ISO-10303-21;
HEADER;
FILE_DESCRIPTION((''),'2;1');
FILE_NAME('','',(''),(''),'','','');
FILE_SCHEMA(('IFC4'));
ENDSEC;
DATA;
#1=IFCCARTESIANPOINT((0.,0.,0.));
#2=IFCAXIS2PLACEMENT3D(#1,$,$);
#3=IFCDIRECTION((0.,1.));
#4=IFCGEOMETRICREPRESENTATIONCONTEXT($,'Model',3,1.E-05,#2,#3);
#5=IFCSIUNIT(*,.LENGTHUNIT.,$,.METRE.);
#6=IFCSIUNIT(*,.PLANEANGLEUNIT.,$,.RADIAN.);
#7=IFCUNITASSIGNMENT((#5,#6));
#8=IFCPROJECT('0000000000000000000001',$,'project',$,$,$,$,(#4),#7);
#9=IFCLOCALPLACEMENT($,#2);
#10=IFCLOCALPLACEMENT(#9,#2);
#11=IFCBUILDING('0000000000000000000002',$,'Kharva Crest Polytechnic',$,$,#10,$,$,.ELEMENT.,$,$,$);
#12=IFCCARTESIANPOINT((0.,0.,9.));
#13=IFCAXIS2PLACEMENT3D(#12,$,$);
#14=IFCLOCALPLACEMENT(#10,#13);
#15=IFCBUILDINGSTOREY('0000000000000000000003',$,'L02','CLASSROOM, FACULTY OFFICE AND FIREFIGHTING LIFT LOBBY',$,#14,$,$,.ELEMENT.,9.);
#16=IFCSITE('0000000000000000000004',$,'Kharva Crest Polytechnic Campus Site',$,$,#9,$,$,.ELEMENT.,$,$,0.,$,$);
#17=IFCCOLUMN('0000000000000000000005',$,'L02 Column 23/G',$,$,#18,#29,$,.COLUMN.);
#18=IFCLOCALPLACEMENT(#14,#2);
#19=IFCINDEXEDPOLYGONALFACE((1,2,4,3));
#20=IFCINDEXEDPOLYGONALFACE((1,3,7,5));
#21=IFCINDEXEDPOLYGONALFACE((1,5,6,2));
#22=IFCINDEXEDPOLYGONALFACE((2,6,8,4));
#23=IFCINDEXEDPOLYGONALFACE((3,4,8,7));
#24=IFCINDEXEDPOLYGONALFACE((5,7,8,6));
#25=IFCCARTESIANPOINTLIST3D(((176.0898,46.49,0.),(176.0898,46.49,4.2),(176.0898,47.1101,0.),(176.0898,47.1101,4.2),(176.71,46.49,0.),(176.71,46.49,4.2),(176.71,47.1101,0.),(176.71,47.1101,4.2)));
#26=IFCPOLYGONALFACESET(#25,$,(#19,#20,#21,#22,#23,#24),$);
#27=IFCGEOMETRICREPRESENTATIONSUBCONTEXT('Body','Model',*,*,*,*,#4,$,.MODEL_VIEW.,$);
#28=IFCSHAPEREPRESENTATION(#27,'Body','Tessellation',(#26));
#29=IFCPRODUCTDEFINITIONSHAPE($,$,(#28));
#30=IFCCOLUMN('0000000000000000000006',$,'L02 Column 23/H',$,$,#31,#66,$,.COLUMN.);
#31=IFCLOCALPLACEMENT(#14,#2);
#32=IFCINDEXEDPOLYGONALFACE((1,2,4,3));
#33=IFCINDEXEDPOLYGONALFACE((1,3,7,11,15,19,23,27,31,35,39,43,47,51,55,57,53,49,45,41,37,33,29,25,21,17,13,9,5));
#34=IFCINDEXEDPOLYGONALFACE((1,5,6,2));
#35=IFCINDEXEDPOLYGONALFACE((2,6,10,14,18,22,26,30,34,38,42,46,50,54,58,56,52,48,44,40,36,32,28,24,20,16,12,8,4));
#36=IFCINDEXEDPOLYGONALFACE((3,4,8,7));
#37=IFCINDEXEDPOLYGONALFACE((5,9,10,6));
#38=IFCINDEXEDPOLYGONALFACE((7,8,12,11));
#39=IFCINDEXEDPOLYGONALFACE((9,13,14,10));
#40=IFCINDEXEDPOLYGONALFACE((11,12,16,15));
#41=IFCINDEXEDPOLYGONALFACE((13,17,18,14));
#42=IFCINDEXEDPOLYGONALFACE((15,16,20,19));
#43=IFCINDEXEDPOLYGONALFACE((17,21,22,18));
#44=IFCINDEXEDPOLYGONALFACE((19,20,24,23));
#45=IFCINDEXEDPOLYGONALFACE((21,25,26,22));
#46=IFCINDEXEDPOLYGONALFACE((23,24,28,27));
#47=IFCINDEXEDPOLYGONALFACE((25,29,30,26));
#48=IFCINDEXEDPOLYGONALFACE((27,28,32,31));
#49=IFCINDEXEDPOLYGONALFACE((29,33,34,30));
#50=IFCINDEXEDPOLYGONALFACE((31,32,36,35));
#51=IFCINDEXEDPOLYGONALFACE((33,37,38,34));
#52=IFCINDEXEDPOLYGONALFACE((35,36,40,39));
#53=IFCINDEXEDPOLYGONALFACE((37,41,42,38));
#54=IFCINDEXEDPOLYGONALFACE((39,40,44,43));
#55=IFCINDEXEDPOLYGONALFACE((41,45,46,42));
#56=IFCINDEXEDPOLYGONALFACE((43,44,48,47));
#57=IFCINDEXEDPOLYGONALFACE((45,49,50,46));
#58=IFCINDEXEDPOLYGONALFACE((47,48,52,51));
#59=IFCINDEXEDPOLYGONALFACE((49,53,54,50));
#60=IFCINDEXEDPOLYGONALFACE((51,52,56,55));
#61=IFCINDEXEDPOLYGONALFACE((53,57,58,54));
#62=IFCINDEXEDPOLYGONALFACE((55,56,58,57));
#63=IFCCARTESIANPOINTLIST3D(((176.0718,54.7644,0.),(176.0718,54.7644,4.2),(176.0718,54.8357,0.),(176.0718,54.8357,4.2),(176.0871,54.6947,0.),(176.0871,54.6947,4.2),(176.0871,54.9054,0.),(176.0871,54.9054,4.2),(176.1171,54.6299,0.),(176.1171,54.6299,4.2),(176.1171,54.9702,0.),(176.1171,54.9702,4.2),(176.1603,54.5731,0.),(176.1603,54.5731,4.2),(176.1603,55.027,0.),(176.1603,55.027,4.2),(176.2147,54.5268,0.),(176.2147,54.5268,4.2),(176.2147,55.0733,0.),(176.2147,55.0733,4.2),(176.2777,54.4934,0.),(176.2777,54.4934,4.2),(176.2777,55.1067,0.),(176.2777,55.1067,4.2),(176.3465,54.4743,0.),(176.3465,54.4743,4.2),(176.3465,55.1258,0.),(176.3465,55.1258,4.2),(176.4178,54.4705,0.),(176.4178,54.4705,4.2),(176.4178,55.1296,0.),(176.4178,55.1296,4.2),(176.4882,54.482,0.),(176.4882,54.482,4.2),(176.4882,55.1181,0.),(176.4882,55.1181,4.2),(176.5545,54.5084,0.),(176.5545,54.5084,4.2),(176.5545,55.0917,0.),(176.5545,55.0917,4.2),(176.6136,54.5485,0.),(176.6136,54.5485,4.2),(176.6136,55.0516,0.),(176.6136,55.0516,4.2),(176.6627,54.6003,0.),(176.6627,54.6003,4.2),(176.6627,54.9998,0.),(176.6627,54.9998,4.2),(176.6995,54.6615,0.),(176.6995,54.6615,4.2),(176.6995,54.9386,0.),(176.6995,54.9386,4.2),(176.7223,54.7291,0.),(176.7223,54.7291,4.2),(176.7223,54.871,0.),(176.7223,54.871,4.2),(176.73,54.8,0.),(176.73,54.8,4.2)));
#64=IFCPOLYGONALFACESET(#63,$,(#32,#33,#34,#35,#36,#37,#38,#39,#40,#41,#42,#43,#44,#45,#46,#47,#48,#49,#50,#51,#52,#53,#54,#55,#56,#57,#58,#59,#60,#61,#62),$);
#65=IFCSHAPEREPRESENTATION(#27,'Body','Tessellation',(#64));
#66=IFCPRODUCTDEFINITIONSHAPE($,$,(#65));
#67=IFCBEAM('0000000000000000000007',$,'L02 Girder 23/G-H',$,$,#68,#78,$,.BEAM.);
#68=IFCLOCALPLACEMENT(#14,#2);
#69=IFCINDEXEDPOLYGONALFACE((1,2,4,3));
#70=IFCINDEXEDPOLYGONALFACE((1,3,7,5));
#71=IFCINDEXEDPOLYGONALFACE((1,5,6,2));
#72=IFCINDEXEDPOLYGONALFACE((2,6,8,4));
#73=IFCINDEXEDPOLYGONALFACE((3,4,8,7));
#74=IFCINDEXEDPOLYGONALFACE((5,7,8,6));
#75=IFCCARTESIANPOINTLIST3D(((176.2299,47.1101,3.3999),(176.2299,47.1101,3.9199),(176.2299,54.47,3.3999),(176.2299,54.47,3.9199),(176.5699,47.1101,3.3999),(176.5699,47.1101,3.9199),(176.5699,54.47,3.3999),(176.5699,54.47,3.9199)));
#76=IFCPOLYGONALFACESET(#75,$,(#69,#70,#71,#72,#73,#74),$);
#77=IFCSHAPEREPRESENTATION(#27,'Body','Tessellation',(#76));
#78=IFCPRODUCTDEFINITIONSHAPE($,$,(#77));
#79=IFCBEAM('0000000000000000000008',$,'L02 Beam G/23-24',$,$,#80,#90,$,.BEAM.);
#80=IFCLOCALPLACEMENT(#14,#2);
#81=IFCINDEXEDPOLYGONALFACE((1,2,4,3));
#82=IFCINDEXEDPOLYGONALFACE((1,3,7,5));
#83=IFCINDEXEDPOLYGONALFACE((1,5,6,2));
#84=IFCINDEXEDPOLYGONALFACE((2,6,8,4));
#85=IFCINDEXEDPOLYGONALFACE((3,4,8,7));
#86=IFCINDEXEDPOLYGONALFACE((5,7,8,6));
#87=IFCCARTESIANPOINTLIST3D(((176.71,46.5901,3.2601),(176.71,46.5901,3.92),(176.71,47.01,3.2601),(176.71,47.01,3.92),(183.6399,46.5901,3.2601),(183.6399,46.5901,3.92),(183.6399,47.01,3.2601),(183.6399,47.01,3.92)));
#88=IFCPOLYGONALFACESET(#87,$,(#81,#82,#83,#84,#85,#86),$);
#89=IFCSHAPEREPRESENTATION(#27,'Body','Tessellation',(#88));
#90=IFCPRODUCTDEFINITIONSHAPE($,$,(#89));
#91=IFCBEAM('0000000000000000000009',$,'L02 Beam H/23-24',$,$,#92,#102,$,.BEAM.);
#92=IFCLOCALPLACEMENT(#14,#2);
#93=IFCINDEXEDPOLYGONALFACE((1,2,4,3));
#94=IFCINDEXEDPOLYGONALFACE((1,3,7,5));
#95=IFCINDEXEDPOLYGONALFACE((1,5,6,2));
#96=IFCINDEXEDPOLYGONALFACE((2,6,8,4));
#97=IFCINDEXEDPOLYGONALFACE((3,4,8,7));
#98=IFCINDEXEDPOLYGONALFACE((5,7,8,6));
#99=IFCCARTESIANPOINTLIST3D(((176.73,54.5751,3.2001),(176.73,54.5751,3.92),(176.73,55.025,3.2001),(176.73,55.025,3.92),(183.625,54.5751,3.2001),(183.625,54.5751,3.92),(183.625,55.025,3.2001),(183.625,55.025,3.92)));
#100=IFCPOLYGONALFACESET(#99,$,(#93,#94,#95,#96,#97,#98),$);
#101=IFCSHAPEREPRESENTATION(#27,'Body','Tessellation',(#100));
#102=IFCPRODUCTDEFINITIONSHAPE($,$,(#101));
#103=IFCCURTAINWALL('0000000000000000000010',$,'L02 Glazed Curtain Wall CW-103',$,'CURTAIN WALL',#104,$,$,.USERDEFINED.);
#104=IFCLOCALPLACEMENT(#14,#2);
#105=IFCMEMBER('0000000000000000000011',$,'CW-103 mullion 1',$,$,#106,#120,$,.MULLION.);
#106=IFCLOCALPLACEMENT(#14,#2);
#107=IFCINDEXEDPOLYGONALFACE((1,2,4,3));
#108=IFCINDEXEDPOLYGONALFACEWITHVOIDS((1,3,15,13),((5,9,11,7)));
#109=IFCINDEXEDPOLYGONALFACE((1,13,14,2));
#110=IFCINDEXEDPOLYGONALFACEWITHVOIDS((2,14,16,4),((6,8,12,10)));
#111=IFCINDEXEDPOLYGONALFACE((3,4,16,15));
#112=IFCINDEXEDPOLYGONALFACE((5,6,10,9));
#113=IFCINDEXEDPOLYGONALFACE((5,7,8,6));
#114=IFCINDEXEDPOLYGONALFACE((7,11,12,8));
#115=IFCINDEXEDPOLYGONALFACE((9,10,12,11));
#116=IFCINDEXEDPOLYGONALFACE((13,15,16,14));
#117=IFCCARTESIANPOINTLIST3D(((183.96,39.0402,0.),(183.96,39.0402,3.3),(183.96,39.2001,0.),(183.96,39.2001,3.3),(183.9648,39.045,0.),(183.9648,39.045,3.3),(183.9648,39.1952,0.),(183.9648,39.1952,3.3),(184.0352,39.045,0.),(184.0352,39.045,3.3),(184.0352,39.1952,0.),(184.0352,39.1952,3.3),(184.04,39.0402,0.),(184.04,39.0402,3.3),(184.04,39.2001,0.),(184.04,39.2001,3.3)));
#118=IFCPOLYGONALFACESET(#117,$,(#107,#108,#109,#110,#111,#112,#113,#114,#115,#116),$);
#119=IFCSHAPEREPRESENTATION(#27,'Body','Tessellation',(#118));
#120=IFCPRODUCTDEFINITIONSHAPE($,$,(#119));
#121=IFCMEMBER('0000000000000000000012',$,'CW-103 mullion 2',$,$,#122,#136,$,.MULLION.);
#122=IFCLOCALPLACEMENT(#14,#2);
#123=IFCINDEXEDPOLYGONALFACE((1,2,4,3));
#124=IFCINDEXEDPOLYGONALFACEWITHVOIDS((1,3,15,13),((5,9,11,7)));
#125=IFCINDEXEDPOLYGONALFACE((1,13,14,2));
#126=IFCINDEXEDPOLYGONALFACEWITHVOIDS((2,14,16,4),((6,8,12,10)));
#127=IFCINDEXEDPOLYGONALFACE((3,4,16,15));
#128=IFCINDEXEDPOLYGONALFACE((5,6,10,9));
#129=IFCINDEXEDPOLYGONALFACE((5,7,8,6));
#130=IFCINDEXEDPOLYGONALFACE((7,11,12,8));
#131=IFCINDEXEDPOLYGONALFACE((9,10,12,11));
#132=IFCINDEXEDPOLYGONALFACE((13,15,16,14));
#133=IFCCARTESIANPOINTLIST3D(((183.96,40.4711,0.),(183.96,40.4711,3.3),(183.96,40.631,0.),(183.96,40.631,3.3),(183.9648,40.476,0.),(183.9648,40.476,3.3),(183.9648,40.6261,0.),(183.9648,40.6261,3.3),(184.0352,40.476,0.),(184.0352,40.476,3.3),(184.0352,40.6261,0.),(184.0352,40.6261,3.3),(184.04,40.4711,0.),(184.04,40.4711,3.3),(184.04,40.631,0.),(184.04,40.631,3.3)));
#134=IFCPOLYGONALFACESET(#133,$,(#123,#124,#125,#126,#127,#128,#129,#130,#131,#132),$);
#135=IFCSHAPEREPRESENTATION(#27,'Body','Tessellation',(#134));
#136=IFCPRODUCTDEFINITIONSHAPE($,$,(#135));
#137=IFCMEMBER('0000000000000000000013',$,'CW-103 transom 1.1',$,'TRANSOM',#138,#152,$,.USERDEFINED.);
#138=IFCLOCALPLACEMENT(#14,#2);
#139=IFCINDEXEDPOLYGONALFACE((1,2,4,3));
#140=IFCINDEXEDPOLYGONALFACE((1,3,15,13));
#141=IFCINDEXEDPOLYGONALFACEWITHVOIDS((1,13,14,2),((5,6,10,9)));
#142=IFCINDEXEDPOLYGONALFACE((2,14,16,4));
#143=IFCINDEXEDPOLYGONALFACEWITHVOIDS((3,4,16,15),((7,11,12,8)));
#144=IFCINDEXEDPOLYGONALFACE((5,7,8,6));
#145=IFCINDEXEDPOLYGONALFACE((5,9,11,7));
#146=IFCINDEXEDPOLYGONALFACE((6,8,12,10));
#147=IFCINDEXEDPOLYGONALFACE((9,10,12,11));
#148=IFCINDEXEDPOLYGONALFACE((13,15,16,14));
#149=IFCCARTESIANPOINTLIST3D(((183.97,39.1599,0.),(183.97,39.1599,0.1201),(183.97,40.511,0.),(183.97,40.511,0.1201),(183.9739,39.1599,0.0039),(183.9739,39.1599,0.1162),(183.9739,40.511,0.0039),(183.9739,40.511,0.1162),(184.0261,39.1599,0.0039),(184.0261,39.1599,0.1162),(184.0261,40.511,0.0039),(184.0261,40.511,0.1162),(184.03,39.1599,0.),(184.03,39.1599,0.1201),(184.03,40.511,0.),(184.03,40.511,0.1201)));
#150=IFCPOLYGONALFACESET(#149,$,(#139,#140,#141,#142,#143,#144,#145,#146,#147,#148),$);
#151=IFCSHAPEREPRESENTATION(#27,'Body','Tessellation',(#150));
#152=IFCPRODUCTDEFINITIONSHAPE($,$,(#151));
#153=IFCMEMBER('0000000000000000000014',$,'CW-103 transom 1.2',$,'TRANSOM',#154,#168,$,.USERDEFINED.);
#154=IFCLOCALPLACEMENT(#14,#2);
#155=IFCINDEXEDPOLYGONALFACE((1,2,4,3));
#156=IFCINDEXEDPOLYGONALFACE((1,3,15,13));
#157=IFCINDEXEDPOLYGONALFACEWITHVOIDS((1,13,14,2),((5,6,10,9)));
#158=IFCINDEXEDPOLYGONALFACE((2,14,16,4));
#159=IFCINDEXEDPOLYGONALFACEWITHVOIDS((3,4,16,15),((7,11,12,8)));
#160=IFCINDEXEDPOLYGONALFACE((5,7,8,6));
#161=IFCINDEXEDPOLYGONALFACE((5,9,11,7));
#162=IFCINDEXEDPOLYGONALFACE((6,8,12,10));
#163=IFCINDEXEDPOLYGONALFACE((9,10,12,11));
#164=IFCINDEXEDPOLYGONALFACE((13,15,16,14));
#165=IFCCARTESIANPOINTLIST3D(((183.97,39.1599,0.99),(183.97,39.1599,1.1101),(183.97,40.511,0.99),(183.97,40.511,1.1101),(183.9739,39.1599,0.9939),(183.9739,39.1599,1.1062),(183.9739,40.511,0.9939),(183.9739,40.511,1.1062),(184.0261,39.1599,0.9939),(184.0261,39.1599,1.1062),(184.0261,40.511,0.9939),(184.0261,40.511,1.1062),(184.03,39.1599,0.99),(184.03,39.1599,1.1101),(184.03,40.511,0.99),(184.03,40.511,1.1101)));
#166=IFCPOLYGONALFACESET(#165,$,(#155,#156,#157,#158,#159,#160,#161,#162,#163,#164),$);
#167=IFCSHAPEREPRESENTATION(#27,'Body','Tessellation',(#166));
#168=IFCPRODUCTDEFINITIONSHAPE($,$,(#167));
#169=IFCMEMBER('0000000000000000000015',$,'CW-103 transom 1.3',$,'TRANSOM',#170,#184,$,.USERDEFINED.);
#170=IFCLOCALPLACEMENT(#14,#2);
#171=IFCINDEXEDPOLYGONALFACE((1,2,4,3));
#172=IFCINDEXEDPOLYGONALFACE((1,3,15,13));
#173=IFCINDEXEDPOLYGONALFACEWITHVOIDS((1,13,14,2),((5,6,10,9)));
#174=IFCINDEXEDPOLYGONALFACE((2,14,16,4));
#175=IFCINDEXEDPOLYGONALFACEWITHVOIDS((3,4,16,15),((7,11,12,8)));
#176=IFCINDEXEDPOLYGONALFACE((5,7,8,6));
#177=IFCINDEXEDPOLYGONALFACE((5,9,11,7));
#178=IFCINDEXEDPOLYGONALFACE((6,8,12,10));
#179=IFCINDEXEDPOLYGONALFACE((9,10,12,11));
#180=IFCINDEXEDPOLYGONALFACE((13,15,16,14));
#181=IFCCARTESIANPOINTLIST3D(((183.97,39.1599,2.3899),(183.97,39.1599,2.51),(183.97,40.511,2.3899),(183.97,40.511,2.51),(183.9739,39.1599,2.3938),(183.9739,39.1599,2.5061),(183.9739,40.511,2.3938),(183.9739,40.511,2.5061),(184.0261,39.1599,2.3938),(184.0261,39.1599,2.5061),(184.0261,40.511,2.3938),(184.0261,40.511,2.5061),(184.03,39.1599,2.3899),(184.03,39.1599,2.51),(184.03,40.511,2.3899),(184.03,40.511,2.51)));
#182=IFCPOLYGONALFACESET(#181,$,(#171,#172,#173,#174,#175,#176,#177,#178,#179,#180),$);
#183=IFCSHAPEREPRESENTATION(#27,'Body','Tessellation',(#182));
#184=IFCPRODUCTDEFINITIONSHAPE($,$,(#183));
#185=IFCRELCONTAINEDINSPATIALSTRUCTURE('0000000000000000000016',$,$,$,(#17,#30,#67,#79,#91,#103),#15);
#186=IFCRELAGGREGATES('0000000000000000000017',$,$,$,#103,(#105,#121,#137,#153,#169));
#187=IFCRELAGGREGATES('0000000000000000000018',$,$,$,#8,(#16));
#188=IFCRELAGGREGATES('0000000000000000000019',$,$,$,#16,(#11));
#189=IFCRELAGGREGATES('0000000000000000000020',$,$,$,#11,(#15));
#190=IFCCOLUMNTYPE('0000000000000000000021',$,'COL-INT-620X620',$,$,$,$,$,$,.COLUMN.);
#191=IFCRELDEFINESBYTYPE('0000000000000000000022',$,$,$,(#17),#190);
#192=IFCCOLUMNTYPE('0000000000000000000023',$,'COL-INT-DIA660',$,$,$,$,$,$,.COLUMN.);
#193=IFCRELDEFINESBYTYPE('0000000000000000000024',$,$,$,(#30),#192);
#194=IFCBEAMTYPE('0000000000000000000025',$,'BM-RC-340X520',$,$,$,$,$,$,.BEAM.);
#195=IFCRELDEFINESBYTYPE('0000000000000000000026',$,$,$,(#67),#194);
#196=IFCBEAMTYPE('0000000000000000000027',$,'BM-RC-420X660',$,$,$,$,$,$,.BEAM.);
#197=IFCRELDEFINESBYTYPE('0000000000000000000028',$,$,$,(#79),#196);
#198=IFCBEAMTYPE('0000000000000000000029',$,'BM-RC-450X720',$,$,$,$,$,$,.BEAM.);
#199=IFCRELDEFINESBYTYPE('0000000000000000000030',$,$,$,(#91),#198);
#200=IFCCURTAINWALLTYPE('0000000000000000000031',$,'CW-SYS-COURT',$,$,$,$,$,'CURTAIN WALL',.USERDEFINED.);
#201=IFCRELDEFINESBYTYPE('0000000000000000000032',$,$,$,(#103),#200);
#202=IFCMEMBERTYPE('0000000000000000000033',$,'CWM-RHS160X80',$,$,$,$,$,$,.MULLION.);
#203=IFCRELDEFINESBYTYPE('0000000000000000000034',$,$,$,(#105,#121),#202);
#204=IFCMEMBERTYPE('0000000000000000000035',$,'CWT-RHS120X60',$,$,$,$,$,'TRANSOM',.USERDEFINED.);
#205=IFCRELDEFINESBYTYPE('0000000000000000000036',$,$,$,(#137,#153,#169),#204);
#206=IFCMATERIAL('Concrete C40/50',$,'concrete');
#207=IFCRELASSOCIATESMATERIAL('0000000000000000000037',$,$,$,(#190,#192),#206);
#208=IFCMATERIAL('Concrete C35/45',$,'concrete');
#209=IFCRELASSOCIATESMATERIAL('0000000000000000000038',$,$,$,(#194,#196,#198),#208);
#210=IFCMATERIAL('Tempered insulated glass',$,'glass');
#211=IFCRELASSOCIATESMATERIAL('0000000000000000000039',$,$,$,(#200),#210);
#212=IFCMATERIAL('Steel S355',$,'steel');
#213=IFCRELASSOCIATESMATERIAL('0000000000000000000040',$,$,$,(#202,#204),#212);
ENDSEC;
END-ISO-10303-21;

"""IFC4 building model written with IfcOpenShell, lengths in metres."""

from ifc_helpers import new_model, si_unit, direction, frame, origin, origin_2d, place, context, subcontext, project, spatial, rectangle, hollow_rectangle, circle, extrude, material, material_profile, profile_set, type_object, element, aggregate, save


model = new_model("IFC4")

# Units and contexts
model_context = context("Model", 3, precision=1e-05, world=origin(), true_north=direction((0.0, 1.0)))
body_context = subcontext(model_context, "Body", "Model", "MODEL_VIEW")
ifc_project = project(units=[si_unit("LENGTHUNIT", "METRE"), si_unit("PLANEANGLEUNIT", "RADIAN")], contexts=[model_context])

# Site, building, storey
site_placement = place(None, origin())
site = spatial("IfcSite", under=ifc_project, at=site_placement, Name="Kharva Crest Polytechnic Campus Site", CompositionType="ELEMENT", RefElevation=0.0)
building_placement = place(site_placement, origin())
building = spatial("IfcBuilding", under=site, at=building_placement, Name="Kharva Crest Polytechnic", CompositionType="ELEMENT")
storey_placement = place(building_placement, frame((0.0, 0.0, 9.0)))
storey = spatial("IfcBuildingStorey", under=building, at=storey_placement, Name="L02", Description="CLASSROOM, FACULTY OFFICE AND FIREFIGHTING LIFT LOBBY", CompositionType="ELEMENT", Elevation=9.0)

# Columns
ifc_material_1 = material(Name="Concrete C40/50", Category="concrete")
ifc_material_profile_1 = material_profile(ifc_material_1, rectangle(XDim=0.6201, YDim=0.6201, at=origin_2d()), Name="RECT 620 X 620")
ifc_profile_set_1 = profile_set([ifc_material_profile_1], Name="Concrete C40/50")
column_type_1 = type_object("IfcColumnType", Name="COL-INT-620X620", PredefinedType="COLUMN", material=ifc_profile_set_1)
column_1_placement = place(storey_placement, frame((176.3999, 46.8, 0.0), z_axis=(0.0, 0.0, 1.0), x_axis=(1.0, 0.0, 0.0)))
element("IfcColumn", 1, at=column_1_placement, inside=storey, type_object=column_type_1, Name="L02 Column 23/G", PredefinedType="COLUMN", context=body_context, shape_type="SweptSolid", body=[
    extrude(rectangle(XDim=0.6201, YDim=0.6201, at=origin_2d()), origin(), (0.0, 0.0, 1.0), 4.2),
])
ifc_material_profile_2 = material_profile(ifc_material_1, circle(Radius=0.3301, at=origin_2d()), Name="DIA 660")
ifc_profile_set_2 = profile_set([ifc_material_profile_2], Name="Concrete C40/50")
column_type_2 = type_object("IfcColumnType", Name="COL-INT-DIA660", PredefinedType="COLUMN", material=ifc_profile_set_2)
column_2_placement = place(storey_placement, frame((176.3999, 54.8, 0.0), z_axis=(0.0, 0.0, 1.0), x_axis=(1.0, 0.0, 0.0)))
element("IfcColumn", 2, at=column_2_placement, inside=storey, type_object=column_type_2, Name="L02 Column 23/H", PredefinedType="COLUMN", context=body_context, shape_type="SweptSolid", body=[
    extrude(circle(Radius=0.3301, at=origin_2d()), origin(), (0.0, 0.0, 1.0), 4.2),
])

# Beams
ifc_material_2 = material(Name="Concrete C35/45", Category="concrete")
ifc_material_profile_3 = material_profile(ifc_material_2, rectangle(XDim=0.3401, YDim=0.52, at=origin_2d()), Name="RECT 340 X 520")
ifc_profile_set_3 = profile_set([ifc_material_profile_3], Name="Concrete C35/45")
beam_type_1 = type_object("IfcBeamType", Name="BM-RC-340X520", PredefinedType="BEAM", material=ifc_profile_set_3)
beam_1_placement = place(storey_placement, frame((176.3999, 47.1101, 3.6599), z_axis=(0.0, 1.0, 0.0), x_axis=(-1.0, 0.0, 0.0)))
element("IfcBeam", 3, at=beam_1_placement, inside=storey, type_object=beam_type_1, Name="L02 Girder 23/G-H", PredefinedType="BEAM", context=body_context, shape_type="SweptSolid", body=[
    extrude(rectangle(XDim=0.3401, YDim=0.52, at=origin_2d()), origin(), (0.0, 0.0, 1.0), 7.3599),
])
ifc_material_profile_4 = material_profile(ifc_material_2, rectangle(XDim=0.4199, YDim=0.6599, at=origin_2d()), Name="RECT 420 X 660")
ifc_profile_set_4 = profile_set([ifc_material_profile_4], Name="Concrete C35/45")
beam_type_2 = type_object("IfcBeamType", Name="BM-RC-420X660", PredefinedType="BEAM", material=ifc_profile_set_4)
beam_2_placement = place(storey_placement, frame((176.71, 46.8, 3.5901), z_axis=(1.0, 0.0, 0.0), x_axis=(0.0, 1.0, 0.0)))
element("IfcBeam", 4, at=beam_2_placement, inside=storey, type_object=beam_type_2, Name="L02 Beam G/23-24", PredefinedType="BEAM", context=body_context, shape_type="SweptSolid", body=[
    extrude(rectangle(XDim=0.4199, YDim=0.6599, at=origin_2d()), origin(), (0.0, 0.0, 1.0), 6.9299),
])
ifc_material_profile_5 = material_profile(ifc_material_2, rectangle(XDim=0.45, YDim=0.72, at=origin_2d()), Name="RECT 450 X 720")
ifc_profile_set_5 = profile_set([ifc_material_profile_5], Name="Concrete C35/45")
beam_type_3 = type_object("IfcBeamType", Name="BM-RC-450X720", PredefinedType="BEAM", material=ifc_profile_set_5)
beam_3_placement = place(storey_placement, frame((176.73, 54.8, 3.5601), z_axis=(1.0, 0.0, 0.0), x_axis=(0.0, 1.0, 0.0)))
element("IfcBeam", 5, at=beam_3_placement, inside=storey, type_object=beam_type_3, Name="L02 Beam H/23-24", PredefinedType="BEAM", context=body_context, shape_type="SweptSolid", body=[
    extrude(rectangle(XDim=0.45, YDim=0.72, at=origin_2d()), origin(), (0.0, 0.0, 1.0), 6.895),
])

# Curtain wall, members
ifc_material_3 = material(Name="Tempered insulated glass", Category="glass")
curtain_wall_type = type_object("IfcCurtainWallType", Name="CW-SYS-COURT", ElementType="CURTAIN WALL", PredefinedType="USERDEFINED", material=ifc_material_3)
curtain_wall_placement = place(storey_placement, origin())
curtain_wall = element("IfcCurtainWall", 6, at=curtain_wall_placement, inside=storey, type_object=curtain_wall_type, Name="L02 Glazed Curtain Wall CW-103", ObjectType="CURTAIN WALL", PredefinedType="USERDEFINED")
ifc_material_4 = material(Name="Steel S355", Category="steel")
ifc_material_profile_6 = material_profile(ifc_material_4, hollow_rectangle(XDim=0.0801, YDim=0.1599, WallThickness=0.0049, at=origin_2d()), Name="RHS 160X80X5.0")
ifc_profile_set_6 = profile_set([ifc_material_profile_6], Name="Steel S355")
member_type_1 = type_object("IfcMemberType", Name="CWM-RHS160X80", PredefinedType="MULLION", material=ifc_profile_set_6)
member_1_placement = place(storey_placement, frame((184.0, 39.1201, 0.0), z_axis=(0.0, 0.0, 1.0), x_axis=(-1.0, 0.0, 0.0)))
member_1 = element("IfcMember", 7, at=member_1_placement, type_object=member_type_1, Name="CW-103 mullion 1", PredefinedType="MULLION", context=body_context, shape_type="SweptSolid", body=[
    extrude(hollow_rectangle(XDim=0.0801, YDim=0.1599, WallThickness=0.0049, at=origin_2d()), origin(), (0.0, 0.0, 1.0), 3.3),
])
member_2_placement = place(storey_placement, frame((184.0, 40.551, 0.0), z_axis=(0.0, 0.0, 1.0), x_axis=(-1.0, 0.0, 0.0)))
member_2 = element("IfcMember", 8, at=member_2_placement, type_object=member_type_1, Name="CW-103 mullion 2", PredefinedType="MULLION", context=body_context, shape_type="SweptSolid", body=[
    extrude(hollow_rectangle(XDim=0.0801, YDim=0.1599, WallThickness=0.0049, at=origin_2d()), origin(), (0.0, 0.0, 1.0), 3.3),
])
ifc_material_profile_7 = material_profile(ifc_material_4, hollow_rectangle(XDim=0.0601, YDim=0.1201, WallThickness=0.0039, at=origin_2d()), Name="RHS 120X60X4.0")
ifc_profile_set_7 = profile_set([ifc_material_profile_7], Name="Steel S355")
member_type_2 = type_object("IfcMemberType", Name="CWT-RHS120X60", ElementType="TRANSOM", PredefinedType="USERDEFINED", material=ifc_profile_set_7)
member_3_placement = place(storey_placement, frame((184.0, 39.1599, 0.0601), z_axis=(0.0, 1.0, 0.0), x_axis=(-1.0, 0.0, 0.0)))
member_3 = element("IfcMember", 9, at=member_3_placement, type_object=member_type_2, Name="CW-103 transom 1.1", ObjectType="TRANSOM", PredefinedType="USERDEFINED", context=body_context, shape_type="SweptSolid", body=[
    extrude(hollow_rectangle(XDim=0.0601, YDim=0.1201, WallThickness=0.0039, at=origin_2d()), origin(), (0.0, 0.0, 1.0), 1.3511),
])
member_4_placement = place(storey_placement, frame((184.0, 39.1599, 1.05), z_axis=(0.0, 1.0, 0.0), x_axis=(-1.0, 0.0, 0.0)))
member_4 = element("IfcMember", 10, at=member_4_placement, type_object=member_type_2, Name="CW-103 transom 1.2", ObjectType="TRANSOM", PredefinedType="USERDEFINED", context=body_context, shape_type="SweptSolid", body=[
    extrude(hollow_rectangle(XDim=0.0601, YDim=0.1201, WallThickness=0.0039, at=origin_2d()), origin(), (0.0, 0.0, 1.0), 1.3511),
])
member_5_placement = place(storey_placement, frame((184.0, 39.1599, 2.45), z_axis=(0.0, 1.0, 0.0), x_axis=(-1.0, 0.0, 0.0)))
member_5 = element("IfcMember", 11, at=member_5_placement, type_object=member_type_2, Name="CW-103 transom 1.3", ObjectType="TRANSOM", PredefinedType="USERDEFINED", context=body_context, shape_type="SweptSolid", body=[
    extrude(hollow_rectangle(XDim=0.0601, YDim=0.1201, WallThickness=0.0039, at=origin_2d()), origin(), (0.0, 0.0, 1.0), 1.3511),
])

aggregate(curtain_wall, [member_1, member_2, member_3, member_4, member_5])

save(model, "model.ifc")
